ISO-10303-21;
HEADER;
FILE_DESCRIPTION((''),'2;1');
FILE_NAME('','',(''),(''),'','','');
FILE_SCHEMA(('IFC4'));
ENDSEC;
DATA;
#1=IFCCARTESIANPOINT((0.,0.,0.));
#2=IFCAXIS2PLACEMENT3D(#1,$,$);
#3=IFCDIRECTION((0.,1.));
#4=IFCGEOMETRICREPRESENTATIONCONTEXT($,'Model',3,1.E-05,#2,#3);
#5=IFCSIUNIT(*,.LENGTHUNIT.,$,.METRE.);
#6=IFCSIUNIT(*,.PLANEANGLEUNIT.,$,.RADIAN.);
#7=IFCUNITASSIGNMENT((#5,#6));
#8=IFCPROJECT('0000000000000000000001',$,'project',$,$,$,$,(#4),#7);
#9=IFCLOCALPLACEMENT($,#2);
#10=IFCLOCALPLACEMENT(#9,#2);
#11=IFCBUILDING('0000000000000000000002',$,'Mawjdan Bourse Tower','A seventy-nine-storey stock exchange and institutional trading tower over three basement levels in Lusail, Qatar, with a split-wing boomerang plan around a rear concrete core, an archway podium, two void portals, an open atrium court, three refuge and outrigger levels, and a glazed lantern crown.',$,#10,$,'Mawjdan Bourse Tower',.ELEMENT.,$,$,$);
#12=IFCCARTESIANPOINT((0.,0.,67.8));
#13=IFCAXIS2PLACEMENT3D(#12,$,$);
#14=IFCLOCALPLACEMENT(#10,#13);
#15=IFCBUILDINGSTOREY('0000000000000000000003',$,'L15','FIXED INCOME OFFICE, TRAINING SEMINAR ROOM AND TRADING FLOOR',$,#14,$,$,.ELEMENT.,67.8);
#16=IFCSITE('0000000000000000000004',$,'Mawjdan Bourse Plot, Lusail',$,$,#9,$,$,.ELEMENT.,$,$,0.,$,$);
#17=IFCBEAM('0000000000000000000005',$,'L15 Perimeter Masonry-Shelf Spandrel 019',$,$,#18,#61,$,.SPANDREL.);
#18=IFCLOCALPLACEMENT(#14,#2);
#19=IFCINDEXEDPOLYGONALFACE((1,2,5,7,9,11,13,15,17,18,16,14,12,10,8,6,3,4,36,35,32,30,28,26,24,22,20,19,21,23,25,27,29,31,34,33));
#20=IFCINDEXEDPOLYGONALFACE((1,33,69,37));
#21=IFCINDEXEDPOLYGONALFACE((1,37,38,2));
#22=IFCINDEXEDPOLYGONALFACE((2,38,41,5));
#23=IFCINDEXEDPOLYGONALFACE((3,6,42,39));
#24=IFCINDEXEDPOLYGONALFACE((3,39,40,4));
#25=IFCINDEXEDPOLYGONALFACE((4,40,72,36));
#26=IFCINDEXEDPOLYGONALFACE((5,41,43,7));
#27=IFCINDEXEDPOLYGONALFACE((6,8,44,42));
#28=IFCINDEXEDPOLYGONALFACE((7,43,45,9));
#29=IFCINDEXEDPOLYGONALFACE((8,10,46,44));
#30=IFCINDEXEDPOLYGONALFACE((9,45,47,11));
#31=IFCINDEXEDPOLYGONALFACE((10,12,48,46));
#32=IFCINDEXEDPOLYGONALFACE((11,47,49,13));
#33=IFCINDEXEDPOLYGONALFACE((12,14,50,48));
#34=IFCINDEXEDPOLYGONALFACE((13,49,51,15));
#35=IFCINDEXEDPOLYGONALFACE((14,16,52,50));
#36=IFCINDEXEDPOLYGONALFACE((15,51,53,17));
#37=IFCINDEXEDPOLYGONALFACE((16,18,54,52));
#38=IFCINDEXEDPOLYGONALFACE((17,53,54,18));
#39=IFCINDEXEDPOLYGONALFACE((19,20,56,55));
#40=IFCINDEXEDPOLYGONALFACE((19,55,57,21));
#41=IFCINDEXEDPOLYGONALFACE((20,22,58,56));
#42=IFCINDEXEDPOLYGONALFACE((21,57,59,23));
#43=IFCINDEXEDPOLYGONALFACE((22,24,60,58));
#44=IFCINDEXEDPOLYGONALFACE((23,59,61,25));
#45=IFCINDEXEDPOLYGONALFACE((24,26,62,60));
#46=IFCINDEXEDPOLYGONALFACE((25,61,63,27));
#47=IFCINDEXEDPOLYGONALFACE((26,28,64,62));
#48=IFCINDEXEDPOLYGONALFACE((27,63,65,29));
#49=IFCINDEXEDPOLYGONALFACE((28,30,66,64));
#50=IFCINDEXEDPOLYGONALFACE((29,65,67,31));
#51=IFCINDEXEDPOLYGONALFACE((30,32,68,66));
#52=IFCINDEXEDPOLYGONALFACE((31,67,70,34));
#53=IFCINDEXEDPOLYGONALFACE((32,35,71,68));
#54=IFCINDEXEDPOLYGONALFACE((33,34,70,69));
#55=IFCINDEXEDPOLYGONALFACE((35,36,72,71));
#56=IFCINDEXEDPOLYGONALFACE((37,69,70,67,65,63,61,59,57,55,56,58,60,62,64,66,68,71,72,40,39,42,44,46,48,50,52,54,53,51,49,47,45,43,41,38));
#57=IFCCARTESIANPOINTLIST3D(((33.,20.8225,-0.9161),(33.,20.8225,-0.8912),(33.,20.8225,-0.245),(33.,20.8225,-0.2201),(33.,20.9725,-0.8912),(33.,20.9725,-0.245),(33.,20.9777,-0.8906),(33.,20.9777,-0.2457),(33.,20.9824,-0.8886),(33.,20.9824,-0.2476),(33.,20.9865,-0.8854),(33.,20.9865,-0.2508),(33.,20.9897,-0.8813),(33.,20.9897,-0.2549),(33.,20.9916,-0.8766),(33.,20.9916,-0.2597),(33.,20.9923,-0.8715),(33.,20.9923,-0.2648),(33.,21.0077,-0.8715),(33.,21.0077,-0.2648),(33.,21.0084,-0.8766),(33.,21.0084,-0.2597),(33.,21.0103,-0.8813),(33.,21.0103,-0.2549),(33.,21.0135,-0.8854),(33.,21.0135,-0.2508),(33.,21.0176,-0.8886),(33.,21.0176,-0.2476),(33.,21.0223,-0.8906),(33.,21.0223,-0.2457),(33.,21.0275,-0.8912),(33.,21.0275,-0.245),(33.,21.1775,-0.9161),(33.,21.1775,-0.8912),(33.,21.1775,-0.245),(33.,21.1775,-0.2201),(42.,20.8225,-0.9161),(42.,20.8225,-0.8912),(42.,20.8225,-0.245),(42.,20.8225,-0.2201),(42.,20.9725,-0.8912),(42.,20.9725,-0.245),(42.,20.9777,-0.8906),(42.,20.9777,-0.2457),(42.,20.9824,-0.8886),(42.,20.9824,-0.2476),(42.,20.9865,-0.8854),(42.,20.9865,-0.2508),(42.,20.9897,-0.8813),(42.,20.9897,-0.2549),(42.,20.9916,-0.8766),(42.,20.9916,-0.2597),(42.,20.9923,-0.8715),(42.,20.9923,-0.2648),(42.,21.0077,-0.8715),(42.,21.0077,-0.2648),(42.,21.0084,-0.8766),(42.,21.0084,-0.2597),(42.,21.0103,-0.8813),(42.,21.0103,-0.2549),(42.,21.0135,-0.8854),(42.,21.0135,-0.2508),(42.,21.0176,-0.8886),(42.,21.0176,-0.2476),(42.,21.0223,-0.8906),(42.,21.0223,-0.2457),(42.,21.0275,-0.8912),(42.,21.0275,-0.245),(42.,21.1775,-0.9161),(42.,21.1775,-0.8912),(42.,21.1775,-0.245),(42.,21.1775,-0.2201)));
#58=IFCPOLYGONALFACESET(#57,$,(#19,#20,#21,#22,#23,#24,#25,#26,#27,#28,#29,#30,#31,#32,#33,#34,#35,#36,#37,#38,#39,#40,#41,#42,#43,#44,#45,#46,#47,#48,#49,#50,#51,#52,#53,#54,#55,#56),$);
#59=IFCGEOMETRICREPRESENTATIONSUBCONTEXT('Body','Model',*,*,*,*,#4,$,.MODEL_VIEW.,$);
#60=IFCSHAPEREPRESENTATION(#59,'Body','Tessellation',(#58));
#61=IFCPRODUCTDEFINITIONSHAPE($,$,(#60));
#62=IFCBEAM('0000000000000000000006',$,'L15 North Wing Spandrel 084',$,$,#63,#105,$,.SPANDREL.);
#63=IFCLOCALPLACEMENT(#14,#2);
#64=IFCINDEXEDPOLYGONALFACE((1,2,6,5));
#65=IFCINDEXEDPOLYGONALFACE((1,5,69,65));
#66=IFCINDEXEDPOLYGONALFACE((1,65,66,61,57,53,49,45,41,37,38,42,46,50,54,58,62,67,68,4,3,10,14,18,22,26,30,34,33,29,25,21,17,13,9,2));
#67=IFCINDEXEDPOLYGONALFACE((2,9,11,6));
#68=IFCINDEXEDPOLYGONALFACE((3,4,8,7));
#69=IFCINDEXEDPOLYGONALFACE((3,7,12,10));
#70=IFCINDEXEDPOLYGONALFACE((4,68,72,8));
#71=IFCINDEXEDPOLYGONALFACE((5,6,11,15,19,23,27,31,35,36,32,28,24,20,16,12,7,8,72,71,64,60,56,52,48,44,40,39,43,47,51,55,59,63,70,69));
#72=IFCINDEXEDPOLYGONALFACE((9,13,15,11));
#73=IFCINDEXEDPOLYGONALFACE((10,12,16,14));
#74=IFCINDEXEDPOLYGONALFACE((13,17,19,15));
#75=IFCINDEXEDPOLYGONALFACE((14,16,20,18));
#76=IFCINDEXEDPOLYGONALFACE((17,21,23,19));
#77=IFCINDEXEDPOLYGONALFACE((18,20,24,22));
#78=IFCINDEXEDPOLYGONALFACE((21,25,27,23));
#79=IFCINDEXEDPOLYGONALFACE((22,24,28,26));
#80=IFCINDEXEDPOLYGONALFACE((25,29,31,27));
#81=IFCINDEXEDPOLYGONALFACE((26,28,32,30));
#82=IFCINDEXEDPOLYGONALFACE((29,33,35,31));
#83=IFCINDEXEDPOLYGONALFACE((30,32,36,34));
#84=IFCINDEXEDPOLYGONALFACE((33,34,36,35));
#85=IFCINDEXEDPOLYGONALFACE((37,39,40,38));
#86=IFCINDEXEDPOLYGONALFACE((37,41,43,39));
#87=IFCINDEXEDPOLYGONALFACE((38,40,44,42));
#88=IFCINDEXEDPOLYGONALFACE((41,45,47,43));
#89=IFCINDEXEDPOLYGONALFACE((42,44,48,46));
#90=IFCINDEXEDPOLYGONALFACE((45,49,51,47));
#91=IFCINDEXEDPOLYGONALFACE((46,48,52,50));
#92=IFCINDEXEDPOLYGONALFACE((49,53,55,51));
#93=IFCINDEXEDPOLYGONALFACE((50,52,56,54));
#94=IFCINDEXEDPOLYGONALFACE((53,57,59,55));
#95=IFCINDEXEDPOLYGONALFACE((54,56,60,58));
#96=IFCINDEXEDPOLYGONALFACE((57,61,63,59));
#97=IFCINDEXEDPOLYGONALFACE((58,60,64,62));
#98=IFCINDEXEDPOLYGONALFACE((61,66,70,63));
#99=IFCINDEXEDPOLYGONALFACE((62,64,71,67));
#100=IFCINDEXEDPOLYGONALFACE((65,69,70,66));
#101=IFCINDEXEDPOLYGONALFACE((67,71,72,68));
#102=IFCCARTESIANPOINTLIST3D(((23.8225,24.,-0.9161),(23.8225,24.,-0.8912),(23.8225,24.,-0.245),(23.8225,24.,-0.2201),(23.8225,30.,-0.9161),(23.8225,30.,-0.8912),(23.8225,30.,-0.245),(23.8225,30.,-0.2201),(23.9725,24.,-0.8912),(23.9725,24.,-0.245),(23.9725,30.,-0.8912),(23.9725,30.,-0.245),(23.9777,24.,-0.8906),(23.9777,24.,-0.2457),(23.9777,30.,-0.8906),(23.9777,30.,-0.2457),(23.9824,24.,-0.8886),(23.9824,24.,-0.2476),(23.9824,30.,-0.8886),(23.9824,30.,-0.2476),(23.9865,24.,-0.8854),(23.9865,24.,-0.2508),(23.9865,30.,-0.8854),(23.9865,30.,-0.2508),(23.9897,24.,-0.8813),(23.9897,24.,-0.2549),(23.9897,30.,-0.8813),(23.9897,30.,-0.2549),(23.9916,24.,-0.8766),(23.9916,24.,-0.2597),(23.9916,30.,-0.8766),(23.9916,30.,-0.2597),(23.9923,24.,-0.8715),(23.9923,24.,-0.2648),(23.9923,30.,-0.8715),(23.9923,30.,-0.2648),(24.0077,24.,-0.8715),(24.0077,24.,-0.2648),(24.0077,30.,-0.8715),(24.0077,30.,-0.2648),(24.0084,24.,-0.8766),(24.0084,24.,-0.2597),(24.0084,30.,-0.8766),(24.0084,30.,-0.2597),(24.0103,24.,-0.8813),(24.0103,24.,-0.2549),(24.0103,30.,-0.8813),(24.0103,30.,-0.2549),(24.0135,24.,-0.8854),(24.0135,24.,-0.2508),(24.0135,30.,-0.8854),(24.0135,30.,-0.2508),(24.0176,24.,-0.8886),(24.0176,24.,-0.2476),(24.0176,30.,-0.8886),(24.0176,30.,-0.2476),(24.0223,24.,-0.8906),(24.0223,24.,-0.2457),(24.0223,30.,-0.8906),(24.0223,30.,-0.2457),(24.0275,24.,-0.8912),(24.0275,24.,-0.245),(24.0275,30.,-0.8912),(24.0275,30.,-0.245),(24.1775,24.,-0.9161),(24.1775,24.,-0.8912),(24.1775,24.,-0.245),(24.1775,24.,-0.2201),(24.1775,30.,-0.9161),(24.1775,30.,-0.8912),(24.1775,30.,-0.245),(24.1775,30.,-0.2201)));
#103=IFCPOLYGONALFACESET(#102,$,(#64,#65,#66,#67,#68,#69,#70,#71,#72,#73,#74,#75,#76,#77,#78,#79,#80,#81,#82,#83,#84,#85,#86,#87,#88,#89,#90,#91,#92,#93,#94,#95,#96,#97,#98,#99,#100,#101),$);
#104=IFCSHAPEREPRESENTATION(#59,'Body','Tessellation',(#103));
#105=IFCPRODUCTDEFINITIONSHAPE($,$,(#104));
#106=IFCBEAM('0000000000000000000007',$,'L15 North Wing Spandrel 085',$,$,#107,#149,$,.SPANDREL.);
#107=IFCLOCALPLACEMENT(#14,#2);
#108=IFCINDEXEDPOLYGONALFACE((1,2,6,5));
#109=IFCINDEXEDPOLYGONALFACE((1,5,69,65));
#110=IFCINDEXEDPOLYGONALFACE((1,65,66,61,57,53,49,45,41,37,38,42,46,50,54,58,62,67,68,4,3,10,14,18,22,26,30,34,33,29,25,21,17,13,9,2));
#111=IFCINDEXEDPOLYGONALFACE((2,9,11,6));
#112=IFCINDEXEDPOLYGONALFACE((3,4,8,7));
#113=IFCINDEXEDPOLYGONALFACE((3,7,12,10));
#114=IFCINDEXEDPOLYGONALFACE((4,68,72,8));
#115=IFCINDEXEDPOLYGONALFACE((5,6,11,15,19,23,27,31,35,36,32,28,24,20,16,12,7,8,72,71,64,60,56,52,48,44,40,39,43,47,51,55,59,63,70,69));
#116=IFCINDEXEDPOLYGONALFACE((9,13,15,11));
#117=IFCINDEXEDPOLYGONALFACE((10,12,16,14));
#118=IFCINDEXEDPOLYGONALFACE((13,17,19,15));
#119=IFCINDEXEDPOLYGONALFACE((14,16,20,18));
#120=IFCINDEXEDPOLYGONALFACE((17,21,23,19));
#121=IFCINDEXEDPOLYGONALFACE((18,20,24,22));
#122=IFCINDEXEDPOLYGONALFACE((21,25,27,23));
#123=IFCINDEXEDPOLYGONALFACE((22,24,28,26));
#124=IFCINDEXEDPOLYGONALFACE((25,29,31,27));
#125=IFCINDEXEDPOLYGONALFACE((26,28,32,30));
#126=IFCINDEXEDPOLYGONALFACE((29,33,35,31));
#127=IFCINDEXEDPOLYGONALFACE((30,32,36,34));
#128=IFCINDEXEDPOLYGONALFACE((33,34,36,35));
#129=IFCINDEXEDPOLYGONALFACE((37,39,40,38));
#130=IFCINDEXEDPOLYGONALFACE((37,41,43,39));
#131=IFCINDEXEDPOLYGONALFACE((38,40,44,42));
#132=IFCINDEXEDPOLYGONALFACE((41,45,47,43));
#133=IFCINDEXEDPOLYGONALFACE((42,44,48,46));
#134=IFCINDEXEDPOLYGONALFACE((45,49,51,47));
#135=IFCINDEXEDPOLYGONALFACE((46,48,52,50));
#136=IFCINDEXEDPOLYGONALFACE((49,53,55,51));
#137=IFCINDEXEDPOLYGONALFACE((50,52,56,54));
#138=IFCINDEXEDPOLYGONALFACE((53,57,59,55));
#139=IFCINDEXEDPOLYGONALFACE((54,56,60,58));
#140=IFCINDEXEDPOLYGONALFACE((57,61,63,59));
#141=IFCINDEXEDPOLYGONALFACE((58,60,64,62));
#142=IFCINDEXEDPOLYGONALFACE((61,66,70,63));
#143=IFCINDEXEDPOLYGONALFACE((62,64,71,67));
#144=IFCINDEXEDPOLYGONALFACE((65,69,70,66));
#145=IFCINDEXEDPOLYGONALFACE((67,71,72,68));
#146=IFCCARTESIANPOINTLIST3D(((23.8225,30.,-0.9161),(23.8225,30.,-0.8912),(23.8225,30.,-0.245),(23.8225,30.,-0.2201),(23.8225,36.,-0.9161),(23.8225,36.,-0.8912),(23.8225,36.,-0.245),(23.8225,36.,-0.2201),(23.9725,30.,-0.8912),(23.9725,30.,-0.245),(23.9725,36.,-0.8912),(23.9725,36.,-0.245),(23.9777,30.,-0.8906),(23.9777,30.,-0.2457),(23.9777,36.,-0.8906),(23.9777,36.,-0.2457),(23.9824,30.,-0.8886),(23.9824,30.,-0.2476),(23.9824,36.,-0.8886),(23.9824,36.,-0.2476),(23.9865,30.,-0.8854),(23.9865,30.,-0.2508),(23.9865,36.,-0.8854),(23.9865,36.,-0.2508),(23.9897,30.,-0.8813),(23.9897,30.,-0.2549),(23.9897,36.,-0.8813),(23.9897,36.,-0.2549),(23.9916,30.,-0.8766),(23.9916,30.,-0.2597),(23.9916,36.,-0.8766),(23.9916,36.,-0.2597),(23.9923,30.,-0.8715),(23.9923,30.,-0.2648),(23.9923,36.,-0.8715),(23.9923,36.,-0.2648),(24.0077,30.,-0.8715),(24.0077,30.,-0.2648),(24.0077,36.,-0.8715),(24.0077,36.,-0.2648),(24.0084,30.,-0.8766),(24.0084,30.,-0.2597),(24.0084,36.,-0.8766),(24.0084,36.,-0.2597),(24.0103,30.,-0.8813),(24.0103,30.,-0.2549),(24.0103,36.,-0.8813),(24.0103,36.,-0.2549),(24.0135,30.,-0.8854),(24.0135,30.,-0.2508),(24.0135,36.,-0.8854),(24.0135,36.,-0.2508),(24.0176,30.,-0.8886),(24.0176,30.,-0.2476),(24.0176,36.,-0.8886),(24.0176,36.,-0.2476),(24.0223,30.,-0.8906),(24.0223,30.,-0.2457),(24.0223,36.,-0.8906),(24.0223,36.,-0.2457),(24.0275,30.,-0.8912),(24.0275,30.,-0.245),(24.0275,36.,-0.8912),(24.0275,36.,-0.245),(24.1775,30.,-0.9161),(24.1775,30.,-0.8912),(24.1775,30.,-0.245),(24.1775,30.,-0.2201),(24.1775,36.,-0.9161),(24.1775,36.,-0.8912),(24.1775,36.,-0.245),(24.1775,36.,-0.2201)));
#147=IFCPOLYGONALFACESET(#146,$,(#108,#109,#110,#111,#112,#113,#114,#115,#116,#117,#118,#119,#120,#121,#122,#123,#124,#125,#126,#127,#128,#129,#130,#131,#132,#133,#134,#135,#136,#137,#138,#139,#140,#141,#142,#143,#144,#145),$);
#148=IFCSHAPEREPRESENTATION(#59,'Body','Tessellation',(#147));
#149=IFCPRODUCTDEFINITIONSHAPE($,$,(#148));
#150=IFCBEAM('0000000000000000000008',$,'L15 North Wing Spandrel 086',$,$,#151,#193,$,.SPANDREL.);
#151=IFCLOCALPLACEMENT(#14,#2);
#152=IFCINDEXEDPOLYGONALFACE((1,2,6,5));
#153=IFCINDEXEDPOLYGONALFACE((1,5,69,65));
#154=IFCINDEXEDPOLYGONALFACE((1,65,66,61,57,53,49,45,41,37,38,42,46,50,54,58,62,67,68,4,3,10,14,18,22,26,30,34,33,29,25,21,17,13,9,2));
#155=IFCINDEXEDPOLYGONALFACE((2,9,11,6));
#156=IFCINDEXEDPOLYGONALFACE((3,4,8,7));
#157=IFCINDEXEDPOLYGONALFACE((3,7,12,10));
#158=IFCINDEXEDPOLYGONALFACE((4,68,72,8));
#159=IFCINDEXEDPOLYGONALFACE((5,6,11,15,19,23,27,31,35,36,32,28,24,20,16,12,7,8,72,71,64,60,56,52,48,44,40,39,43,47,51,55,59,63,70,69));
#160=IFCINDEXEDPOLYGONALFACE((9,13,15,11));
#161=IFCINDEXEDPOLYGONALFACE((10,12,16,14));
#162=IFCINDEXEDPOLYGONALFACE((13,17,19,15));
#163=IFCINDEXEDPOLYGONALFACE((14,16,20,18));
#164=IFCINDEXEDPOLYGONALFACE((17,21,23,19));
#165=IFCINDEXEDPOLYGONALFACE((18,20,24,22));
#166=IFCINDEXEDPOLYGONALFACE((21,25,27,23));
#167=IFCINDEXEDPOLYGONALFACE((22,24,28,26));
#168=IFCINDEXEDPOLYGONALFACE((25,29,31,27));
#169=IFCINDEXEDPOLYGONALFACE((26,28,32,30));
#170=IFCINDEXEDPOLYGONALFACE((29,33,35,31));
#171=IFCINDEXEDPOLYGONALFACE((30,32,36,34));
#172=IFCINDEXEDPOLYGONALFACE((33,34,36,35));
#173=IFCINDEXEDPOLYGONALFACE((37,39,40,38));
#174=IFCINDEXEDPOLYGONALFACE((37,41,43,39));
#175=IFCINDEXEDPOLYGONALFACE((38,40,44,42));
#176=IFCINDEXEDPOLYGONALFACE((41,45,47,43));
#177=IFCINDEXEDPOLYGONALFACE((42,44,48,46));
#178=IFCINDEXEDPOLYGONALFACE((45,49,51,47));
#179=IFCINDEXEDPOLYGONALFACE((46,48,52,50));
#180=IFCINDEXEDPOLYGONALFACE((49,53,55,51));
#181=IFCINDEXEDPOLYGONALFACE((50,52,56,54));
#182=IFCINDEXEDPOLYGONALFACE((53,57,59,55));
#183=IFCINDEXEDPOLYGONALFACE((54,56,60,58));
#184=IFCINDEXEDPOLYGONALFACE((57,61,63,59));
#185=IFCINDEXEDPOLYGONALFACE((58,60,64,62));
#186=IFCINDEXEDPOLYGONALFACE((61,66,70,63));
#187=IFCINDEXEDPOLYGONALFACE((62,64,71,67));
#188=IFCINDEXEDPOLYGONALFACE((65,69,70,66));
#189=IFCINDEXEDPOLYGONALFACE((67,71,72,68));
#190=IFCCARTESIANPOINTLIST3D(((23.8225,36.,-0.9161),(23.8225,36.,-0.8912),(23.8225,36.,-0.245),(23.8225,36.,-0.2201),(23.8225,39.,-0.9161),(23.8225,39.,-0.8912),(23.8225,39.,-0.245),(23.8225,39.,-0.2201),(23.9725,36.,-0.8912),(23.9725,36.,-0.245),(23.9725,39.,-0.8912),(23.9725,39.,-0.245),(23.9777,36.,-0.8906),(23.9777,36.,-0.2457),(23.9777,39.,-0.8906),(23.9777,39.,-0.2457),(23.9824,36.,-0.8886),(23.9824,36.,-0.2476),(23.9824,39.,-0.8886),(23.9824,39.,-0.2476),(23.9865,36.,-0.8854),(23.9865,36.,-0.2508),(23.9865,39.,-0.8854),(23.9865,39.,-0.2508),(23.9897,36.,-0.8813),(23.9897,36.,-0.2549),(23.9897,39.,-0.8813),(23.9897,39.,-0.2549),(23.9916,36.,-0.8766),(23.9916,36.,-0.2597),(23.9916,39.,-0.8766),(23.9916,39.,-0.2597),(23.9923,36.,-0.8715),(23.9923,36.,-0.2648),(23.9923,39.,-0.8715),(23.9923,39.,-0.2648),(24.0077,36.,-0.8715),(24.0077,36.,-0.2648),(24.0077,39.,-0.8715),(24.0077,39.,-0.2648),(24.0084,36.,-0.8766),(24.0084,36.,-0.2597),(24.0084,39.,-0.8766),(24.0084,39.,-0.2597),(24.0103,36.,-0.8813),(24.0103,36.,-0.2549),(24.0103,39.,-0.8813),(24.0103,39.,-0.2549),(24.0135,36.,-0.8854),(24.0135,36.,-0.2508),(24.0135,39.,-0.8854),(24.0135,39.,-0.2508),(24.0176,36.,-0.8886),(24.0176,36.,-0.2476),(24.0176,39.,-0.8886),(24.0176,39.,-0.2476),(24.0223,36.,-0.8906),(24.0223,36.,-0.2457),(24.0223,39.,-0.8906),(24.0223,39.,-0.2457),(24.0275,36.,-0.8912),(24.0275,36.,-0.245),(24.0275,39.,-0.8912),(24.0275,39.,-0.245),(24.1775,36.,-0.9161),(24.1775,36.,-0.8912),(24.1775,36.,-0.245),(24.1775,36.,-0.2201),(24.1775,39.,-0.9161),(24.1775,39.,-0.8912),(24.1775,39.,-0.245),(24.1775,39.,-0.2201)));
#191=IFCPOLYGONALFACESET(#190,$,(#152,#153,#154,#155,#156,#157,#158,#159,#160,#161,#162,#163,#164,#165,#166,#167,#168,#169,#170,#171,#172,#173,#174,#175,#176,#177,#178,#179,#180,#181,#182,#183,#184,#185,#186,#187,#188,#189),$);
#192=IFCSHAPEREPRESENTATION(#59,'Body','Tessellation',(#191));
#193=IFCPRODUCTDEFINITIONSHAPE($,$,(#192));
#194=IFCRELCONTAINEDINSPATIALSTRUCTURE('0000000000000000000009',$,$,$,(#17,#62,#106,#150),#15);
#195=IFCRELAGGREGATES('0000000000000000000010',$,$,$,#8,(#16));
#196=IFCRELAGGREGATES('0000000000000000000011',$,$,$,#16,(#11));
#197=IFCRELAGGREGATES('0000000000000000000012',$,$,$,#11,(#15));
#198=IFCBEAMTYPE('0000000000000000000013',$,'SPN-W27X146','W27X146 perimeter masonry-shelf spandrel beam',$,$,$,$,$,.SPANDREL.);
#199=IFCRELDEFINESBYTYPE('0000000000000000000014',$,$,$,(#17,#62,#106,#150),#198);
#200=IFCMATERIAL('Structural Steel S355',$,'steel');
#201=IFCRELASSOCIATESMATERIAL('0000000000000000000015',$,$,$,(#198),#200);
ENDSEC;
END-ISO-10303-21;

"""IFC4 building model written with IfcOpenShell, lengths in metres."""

from ifc_helpers import new_model, si_unit, direction, frame, origin, origin_2d, place, context, subcontext, project, spatial, i_section, extrude, material, material_profile, profile_set, type_object, element, save


model = new_model("IFC4")

# Units and contexts
model_context = context("Model", 3, precision=1e-05, world=origin(), true_north=direction((0.0, 1.0)))
body_context = subcontext(model_context, "Body", "Model", "MODEL_VIEW")
ifc_project = project(units=[si_unit("LENGTHUNIT", "METRE"), si_unit("PLANEANGLEUNIT", "RADIAN")], contexts=[model_context])

# Site, building, storey
site_placement = place(None, origin())
site = spatial("IfcSite", under=ifc_project, at=site_placement, Name="Mawjdan Bourse Plot, Lusail", CompositionType="ELEMENT", RefElevation=0.0)
building_placement = place(site_placement, origin())
building = spatial("IfcBuilding", under=site, at=building_placement, Name="Mawjdan Bourse Tower", Description="A seventy-nine-storey stock exchange and institutional trading tower over three basement levels in Lusail, Qatar, with a split-wing boomerang plan around a rear concrete core, an archway podium, two void portals, an open atrium court, three refuge and outrigger levels, and a glazed lantern crown.", LongName="Mawjdan Bourse Tower", CompositionType="ELEMENT")
storey_placement = place(building_placement, frame((0.0, 0.0, 67.8)))
storey = spatial("IfcBuildingStorey", under=building, at=storey_placement, Name="L15", Description="FIXED INCOME OFFICE, TRAINING SEMINAR ROOM AND TRADING FLOOR", CompositionType="ELEMENT", Elevation=67.8)

# Beams
ifc_material_1 = material(Name="Structural Steel S355", Category="steel")
ifc_material_profile_1 = material_profile(ifc_material_1, i_section(OverallWidth=0.355, OverallDepth=0.696, WebThickness=0.0154, FlangeThickness=0.0249, FilletRadius=0.0198, at=origin_2d()), Name="W27X146")
ifc_profile_set_1 = profile_set([ifc_material_profile_1], Name="Structural Steel S355")
beam_type_1 = type_object("IfcBeamType", Name="SPN-W27X146", Description="W27X146 perimeter masonry-shelf spandrel beam", PredefinedType="SPANDREL", material=ifc_profile_set_1)
beam_1_placement = place(storey_placement, frame((33.0, 21.0, -0.5681), z_axis=(1.0, 0.0, 0.0), x_axis=(0.0, 1.0, 0.0)))
element("IfcBeam", 1, at=beam_1_placement, inside=storey, type_object=beam_type_1, Name="L15 Perimeter Masonry-Shelf Spandrel 019", PredefinedType="SPANDREL", context=body_context, shape_type="SweptSolid", body=[
    extrude(i_section(OverallWidth=0.355, OverallDepth=0.696, WebThickness=0.0154, FlangeThickness=0.0249, FilletRadius=0.0198, at=origin_2d()), origin(), (0.0, 0.0, 1.0), 9.0),
])
for number, where, z_axis, x_axis, name in (
    (2, (24.0, 24.0, -0.5681), (0.0, 1.0, 0.0), (-1.0, 0.0, 0.0), "L15 North Wing Spandrel 084"),
    (3, (24.0, 30.0, -0.5681), (0.0, 1.0, 0.0), (-1.0, 0.0, 0.0), "L15 North Wing Spandrel 085"),
):
    element("IfcBeam", number, at=place(storey_placement, frame(where, z_axis=z_axis, x_axis=x_axis)), inside=storey, type_object=beam_type_1, Name=name, PredefinedType="SPANDREL", context=body_context, shape_type="SweptSolid", body=[
        extrude(i_section(OverallWidth=0.355, OverallDepth=0.696, WebThickness=0.0154, FlangeThickness=0.0249, FilletRadius=0.0198, at=origin_2d()), origin(), (0.0, 0.0, 1.0), 6.0),
    ])
for number, where, z_axis, x_axis, name in (
    (4, (24.0, 36.0, -0.5681), (0.0, 1.0, 0.0), (-1.0, 0.0, 0.0), "L15 North Wing Spandrel 086"),
):
    element("IfcBeam", number, at=place(storey_placement, frame(where, z_axis=z_axis, x_axis=x_axis)), inside=storey, type_object=beam_type_1, Name=name, PredefinedType="SPANDREL", context=body_context, shape_type="SweptSolid", body=[
        extrude(i_section(OverallWidth=0.355, OverallDepth=0.696, WebThickness=0.0154, FlangeThickness=0.0249, FilletRadius=0.0198, at=origin_2d()), origin(), (0.0, 0.0, 1.0), 3.0),
    ])

save(model, "model.ifc")
